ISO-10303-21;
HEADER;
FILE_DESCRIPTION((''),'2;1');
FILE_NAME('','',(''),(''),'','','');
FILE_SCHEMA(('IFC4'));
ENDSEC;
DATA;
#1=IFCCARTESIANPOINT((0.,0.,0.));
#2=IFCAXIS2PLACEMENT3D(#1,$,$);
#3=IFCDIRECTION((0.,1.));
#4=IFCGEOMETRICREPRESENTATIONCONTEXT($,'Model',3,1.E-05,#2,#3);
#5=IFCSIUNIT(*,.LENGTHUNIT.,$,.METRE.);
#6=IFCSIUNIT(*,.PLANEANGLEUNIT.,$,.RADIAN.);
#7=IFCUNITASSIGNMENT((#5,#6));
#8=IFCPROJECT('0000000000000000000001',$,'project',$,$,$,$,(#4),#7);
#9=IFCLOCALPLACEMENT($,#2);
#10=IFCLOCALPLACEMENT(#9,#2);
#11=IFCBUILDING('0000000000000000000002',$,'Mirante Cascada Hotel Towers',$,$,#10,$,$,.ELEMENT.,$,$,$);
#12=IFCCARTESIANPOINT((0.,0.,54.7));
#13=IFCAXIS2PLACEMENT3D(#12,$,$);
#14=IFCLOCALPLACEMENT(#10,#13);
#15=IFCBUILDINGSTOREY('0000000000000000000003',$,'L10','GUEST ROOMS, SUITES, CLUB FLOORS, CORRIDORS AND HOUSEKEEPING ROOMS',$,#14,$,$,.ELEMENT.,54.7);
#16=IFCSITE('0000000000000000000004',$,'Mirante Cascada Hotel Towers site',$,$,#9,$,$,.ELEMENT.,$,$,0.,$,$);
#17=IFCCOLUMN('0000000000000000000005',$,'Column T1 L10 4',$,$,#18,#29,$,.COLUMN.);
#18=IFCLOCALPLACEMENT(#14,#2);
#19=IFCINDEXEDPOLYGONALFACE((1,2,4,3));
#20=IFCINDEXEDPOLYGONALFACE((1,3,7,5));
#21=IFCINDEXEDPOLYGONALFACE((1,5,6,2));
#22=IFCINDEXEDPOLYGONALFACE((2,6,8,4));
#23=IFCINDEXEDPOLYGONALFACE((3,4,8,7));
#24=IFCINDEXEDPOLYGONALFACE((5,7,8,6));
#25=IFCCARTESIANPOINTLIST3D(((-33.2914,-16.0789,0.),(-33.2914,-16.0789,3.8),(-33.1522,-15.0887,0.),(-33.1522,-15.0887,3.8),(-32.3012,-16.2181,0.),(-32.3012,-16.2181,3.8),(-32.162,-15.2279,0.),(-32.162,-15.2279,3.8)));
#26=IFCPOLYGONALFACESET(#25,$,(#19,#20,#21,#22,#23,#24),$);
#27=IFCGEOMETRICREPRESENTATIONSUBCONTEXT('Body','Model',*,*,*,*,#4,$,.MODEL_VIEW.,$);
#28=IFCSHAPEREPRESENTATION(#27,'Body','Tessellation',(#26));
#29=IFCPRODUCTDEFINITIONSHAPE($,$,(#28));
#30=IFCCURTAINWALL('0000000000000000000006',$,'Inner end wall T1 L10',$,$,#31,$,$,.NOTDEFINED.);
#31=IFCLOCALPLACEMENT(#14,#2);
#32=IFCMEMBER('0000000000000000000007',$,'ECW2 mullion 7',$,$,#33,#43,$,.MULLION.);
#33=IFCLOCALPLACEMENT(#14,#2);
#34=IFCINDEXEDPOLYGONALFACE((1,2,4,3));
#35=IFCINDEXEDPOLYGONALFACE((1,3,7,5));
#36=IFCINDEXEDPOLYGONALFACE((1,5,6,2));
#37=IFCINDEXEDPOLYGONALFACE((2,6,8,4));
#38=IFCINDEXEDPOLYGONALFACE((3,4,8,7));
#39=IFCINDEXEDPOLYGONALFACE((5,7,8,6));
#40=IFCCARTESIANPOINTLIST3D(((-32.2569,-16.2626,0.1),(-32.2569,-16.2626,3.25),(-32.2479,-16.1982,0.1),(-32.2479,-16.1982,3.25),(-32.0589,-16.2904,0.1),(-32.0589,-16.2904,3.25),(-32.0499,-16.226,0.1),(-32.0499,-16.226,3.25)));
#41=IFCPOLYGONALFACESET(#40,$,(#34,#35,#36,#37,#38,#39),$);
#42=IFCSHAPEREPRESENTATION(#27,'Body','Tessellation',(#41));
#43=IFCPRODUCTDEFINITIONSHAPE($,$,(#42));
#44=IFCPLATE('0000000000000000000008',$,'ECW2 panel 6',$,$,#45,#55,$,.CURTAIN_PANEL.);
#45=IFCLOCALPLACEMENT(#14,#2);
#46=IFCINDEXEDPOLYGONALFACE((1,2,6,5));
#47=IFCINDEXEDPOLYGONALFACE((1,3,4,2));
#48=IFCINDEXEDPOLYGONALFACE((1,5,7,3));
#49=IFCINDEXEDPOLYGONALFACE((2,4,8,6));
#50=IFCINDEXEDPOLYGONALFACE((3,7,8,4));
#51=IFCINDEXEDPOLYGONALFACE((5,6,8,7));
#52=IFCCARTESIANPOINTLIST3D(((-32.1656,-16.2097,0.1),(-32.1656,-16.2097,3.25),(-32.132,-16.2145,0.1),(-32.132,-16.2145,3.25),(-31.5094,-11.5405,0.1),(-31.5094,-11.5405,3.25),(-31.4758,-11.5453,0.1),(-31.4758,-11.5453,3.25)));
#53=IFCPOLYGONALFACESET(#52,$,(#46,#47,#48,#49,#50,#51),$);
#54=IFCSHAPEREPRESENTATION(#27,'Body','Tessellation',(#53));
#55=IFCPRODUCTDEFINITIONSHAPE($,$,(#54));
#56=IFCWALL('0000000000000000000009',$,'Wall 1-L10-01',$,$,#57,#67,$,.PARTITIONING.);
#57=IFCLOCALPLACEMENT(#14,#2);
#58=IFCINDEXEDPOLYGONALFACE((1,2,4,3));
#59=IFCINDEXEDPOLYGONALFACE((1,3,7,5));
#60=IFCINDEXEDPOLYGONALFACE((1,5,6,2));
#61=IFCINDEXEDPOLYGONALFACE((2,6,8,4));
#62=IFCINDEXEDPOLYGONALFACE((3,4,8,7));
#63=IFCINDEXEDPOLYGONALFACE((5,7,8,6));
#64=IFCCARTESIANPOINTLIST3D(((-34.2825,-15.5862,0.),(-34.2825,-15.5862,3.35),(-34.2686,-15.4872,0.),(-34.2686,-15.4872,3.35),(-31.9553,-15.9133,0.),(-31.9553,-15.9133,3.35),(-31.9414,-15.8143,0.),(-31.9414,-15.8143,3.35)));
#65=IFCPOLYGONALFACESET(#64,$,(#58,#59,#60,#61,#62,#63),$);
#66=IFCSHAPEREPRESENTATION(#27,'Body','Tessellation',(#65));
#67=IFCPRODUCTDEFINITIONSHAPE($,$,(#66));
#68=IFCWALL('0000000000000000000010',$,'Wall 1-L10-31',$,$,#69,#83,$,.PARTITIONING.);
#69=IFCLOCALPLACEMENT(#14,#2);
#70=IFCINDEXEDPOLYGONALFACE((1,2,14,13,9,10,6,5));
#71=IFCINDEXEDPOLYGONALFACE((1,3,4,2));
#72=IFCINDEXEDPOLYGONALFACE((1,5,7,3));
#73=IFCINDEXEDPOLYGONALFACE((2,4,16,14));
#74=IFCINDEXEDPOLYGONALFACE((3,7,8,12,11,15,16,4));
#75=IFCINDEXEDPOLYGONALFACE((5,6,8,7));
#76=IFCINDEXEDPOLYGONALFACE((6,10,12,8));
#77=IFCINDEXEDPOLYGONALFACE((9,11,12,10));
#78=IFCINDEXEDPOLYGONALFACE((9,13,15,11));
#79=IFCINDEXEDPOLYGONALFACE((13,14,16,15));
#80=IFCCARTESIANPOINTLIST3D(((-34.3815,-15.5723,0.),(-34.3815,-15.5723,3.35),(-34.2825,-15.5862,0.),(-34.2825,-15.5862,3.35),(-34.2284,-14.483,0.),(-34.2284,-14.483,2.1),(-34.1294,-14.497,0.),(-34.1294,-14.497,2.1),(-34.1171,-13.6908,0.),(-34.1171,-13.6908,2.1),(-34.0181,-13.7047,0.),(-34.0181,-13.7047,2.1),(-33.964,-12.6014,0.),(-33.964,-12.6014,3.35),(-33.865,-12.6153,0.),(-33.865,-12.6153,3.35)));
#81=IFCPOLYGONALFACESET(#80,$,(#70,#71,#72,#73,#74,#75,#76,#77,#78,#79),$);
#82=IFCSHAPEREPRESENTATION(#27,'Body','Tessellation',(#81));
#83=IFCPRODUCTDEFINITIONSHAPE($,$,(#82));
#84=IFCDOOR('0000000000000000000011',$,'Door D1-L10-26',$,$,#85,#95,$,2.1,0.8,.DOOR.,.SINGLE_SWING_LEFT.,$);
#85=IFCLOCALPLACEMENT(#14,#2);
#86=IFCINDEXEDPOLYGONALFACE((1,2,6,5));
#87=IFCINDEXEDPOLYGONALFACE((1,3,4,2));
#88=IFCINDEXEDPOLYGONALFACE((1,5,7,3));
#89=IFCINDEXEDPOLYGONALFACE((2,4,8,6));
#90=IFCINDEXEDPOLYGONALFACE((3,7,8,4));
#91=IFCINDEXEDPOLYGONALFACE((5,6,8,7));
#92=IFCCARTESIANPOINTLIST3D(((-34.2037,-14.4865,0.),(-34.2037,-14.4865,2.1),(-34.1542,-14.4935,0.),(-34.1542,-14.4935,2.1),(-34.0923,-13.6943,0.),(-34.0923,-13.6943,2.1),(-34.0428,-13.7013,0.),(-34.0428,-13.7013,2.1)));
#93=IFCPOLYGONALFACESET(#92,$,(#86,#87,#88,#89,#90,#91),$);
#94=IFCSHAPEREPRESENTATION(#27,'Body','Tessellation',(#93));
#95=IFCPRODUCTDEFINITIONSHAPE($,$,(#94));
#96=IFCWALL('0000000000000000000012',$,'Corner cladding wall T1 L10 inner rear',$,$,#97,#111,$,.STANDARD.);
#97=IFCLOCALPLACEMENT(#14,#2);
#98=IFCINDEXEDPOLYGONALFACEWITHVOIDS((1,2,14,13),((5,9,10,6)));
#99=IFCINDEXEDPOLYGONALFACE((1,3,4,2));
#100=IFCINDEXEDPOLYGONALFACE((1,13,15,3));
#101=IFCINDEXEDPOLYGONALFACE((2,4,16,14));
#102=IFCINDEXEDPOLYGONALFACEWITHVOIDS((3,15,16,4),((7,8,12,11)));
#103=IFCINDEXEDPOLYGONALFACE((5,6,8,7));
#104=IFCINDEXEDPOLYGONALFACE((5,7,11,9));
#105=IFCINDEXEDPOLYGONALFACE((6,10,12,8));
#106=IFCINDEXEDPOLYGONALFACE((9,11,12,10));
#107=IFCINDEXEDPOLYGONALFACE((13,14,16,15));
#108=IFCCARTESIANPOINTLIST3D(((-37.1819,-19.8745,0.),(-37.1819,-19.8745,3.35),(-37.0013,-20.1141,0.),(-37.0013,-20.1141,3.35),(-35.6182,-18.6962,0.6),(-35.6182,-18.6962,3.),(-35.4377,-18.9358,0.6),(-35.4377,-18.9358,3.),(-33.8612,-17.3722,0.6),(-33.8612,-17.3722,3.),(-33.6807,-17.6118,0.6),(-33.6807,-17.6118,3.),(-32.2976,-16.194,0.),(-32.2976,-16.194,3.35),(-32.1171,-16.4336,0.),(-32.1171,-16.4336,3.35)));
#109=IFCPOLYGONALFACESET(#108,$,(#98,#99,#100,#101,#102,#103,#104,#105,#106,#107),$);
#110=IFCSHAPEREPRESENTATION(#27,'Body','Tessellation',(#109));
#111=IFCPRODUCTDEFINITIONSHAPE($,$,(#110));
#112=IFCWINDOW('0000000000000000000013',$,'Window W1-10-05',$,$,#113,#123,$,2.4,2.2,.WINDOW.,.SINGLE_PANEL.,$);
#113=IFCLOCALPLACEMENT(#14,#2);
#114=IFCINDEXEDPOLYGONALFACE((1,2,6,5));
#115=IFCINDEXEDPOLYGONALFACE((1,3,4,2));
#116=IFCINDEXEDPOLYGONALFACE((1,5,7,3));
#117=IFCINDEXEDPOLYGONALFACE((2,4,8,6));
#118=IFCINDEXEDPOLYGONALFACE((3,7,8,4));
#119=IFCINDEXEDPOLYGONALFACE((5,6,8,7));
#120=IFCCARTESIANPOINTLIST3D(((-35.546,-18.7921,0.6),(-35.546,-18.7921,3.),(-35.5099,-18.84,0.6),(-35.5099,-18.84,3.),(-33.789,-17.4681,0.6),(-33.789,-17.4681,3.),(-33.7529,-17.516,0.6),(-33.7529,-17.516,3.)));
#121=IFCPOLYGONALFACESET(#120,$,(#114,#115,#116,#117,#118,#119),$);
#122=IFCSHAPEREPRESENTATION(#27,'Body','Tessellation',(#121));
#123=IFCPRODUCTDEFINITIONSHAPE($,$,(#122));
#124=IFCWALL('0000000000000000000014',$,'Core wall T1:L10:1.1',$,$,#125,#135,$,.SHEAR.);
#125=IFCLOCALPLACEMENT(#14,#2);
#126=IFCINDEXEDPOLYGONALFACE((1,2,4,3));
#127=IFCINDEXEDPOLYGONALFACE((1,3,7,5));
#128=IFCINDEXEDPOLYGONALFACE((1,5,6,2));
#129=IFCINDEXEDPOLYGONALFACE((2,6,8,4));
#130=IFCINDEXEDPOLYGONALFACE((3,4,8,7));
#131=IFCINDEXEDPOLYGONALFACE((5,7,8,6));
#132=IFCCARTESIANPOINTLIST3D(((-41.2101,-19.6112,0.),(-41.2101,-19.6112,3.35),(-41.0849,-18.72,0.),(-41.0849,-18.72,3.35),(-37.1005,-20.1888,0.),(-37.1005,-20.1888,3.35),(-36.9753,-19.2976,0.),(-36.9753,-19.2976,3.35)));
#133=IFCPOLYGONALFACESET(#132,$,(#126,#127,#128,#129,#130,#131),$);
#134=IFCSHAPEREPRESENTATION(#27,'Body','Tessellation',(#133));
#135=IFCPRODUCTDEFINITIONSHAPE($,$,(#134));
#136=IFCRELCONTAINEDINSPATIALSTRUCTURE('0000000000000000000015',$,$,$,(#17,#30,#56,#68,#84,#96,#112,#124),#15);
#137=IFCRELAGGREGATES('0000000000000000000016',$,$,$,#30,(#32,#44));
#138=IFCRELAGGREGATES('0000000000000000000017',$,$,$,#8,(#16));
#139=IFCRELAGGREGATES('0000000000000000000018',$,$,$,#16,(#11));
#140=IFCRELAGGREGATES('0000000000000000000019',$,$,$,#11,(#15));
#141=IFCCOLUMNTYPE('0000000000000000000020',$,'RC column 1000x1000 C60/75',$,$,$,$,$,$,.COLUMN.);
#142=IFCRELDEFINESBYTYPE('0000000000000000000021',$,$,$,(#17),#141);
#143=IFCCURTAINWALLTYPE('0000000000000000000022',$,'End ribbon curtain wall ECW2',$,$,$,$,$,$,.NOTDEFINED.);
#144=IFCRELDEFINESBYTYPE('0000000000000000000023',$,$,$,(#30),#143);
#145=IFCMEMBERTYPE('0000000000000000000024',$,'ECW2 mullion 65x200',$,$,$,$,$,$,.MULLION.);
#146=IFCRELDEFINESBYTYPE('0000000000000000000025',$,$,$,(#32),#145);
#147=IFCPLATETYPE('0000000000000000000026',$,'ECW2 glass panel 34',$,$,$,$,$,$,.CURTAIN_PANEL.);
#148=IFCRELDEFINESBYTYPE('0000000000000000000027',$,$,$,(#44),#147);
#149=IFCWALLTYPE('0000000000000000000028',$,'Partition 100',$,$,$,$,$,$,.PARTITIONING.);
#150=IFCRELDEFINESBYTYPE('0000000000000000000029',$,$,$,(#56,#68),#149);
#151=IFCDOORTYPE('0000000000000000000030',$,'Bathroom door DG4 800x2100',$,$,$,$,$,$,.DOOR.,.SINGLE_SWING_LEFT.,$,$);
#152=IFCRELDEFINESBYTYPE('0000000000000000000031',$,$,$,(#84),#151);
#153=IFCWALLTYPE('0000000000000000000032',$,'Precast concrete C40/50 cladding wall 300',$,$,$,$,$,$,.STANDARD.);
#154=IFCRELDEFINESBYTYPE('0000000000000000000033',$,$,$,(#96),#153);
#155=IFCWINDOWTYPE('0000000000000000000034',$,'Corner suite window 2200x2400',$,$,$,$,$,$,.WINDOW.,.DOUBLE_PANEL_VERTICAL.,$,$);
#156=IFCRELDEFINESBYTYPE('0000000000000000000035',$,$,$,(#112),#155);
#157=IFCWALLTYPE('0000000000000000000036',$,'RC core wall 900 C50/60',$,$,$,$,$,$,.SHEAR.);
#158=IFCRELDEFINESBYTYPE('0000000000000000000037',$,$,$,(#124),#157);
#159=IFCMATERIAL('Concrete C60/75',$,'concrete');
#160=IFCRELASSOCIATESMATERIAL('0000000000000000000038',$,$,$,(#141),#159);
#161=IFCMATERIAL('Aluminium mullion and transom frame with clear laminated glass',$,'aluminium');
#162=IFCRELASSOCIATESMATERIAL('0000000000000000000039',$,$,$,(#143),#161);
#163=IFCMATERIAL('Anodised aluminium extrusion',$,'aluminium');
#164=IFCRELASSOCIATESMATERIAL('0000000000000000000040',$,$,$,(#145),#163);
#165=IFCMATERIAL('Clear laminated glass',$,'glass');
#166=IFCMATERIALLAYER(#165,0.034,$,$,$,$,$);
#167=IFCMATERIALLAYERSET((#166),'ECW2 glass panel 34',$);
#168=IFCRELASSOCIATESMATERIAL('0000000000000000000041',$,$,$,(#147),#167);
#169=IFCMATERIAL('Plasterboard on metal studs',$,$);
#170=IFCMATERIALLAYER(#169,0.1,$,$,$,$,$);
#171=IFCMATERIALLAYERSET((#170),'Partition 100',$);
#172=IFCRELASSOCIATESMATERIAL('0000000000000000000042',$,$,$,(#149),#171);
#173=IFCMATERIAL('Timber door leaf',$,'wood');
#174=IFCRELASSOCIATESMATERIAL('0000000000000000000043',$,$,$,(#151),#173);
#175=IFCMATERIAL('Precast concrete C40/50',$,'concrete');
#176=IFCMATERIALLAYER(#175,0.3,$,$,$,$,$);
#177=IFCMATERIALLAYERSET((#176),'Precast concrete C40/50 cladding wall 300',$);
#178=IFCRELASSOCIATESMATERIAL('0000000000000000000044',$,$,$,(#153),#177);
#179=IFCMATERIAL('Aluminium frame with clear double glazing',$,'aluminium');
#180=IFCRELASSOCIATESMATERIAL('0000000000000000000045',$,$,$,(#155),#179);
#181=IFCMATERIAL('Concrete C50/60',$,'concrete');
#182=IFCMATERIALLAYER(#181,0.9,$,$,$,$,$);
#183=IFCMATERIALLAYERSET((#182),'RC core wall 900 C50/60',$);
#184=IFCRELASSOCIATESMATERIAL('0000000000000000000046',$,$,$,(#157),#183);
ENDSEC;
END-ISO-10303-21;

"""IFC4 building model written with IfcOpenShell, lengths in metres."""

from ifc_helpers import new_model, si_unit, direction, frame, frame_2d, origin, origin_2d, place, context, subcontext, project, spatial, rectangle, extrude, material, layer, layer_set, material_profile, profile_set, type_object, element, fill, aggregate, save


model = new_model("IFC4")

# Units and contexts
model_context = context("Model", 3, precision=1e-05, world=origin(), true_north=direction((0.0, 1.0)))
body_context = subcontext(model_context, "Body", "Model", "MODEL_VIEW")
ifc_project = project(units=[si_unit("LENGTHUNIT", "METRE"), si_unit("PLANEANGLEUNIT", "RADIAN")], contexts=[model_context])

# Site, building, storey
site_placement = place(None, origin())
site = spatial("IfcSite", under=ifc_project, at=site_placement, Name="Mirante Cascada Hotel Towers site", CompositionType="ELEMENT", RefElevation=0.0)
building_placement = place(site_placement, origin())
building = spatial("IfcBuilding", under=site, at=building_placement, Name="Mirante Cascada Hotel Towers", CompositionType="ELEMENT")
storey_placement = place(building_placement, frame((0.0, 0.0, 54.7)))
storey = spatial("IfcBuildingStorey", under=building, at=storey_placement, Name="L10", Description="GUEST ROOMS, SUITES, CLUB FLOORS, CORRIDORS AND HOUSEKEEPING ROOMS", CompositionType="ELEMENT", Elevation=54.7)

# Column
ifc_material_1 = material(Name="Concrete C60/75", Category="concrete")
ifc_material_profile_1 = material_profile(ifc_material_1, rectangle(XDim=1.0, YDim=1.0, at=origin_2d()), Name="RC column 1000x1000 C60/75")
ifc_profile_set_1 = profile_set([ifc_material_profile_1], Name="Concrete C60/75")
column_type = type_object("IfcColumnType", Name="RC column 1000x1000 C60/75", PredefinedType="COLUMN", material=ifc_profile_set_1)
column_placement = place(storey_placement, frame((-32.7267, -15.6534, 0.0), z_axis=(0.0, 0.0, 1.0), x_axis=(-0.990268, 0.139173, 0.0)))
element("IfcColumn", 1, at=column_placement, inside=storey, type_object=column_type, Name="Column T1 L10 4", PredefinedType="COLUMN", context=body_context, shape_type="SweptSolid", body=[
    extrude(rectangle(XDim=1.0, YDim=1.0, at=origin_2d()), origin(), (0.0, 0.0, 1.0), 3.8),
])

# Curtain wall, member, plate
ifc_material_2 = material(Name="Aluminium mullion and transom frame with clear laminated glass", Category="aluminium")
curtain_wall_type = type_object("IfcCurtainWallType", Name="End ribbon curtain wall ECW2", PredefinedType="NOTDEFINED", material=ifc_material_2)
curtain_wall_placement = place(storey_placement, origin())
curtain_wall = element("IfcCurtainWall", 2, at=curtain_wall_placement, inside=storey, type_object=curtain_wall_type, Name="Inner end wall T1 L10", PredefinedType="NOTDEFINED")
ifc_material_3 = material(Name="Anodised aluminium extrusion", Category="aluminium")
ifc_material_profile_2 = material_profile(ifc_material_3, rectangle(XDim=0.2, YDim=0.065, at=origin_2d()), Name="ECW2 MULLION 65x200")
ifc_profile_set_2 = profile_set([ifc_material_profile_2], Name="Anodised aluminium extrusion")
member_type = type_object("IfcMemberType", Name="ECW2 mullion 65x200", PredefinedType="MULLION", material=ifc_profile_set_2)
member_placement = place(storey_placement, frame((-32.1534, -16.2443, 0.1), z_axis=(0.0, 0.0, 1.0), x_axis=(0.990268, -0.139173, 0.0)))
member = element("IfcMember", 3, at=member_placement, type_object=member_type, Name="ECW2 mullion 7", PredefinedType="MULLION", context=body_context, shape_type="SweptSolid", body=[
    extrude(rectangle(XDim=0.2, YDim=0.065, at=origin_2d()), origin(), (0.0, 0.0, 1.0), 3.15),
])
ifc_material_4 = material(Name="Clear laminated glass", Category="glass")
ifc_layer_1 = layer(ifc_material_4, 0.034)
ifc_layer_set_1 = layer_set([ifc_layer_1], Name="ECW2 glass panel 34")
plate_type = type_object("IfcPlateType", Name="ECW2 glass panel 34", PredefinedType="CURTAIN_PANEL", material=ifc_layer_set_1)
plate_placement = place(storey_placement, frame((-31.8207, -13.8775, 0.1), z_axis=(0.0, 0.0, 1.0), x_axis=(-0.139173, -0.990268, 0.0)))
plate = element("IfcPlate", 4, at=plate_placement, type_object=plate_type, Name="ECW2 panel 6", PredefinedType="CURTAIN_PANEL", context=body_context, shape_type="SweptSolid", body=[
    extrude(rectangle(XDim=4.7151, YDim=0.034, at=origin_2d()), origin(), (0.0, 0.0, 1.0), 3.15),
])
aggregate(curtain_wall, [member, plate])

# Wall
ifc_material_5 = material(Name="Plasterboard on metal studs")
ifc_layer_2 = layer(ifc_material_5, 0.1)
ifc_layer_set_2 = layer_set([ifc_layer_2], Name="Partition 100")
wall_type_1 = type_object("IfcWallType", Name="Partition 100", PredefinedType="PARTITIONING", material=ifc_layer_set_2)
wall_1_placement = place(storey_placement, frame((-31.9484, -15.8638, 0.0), z_axis=(0.0, 0.0, 1.0), x_axis=(-0.990266, 0.139187, 0.0)))
element("IfcWall", 5, at=wall_1_placement, inside=storey, type_object=wall_type_1, Name="Wall 1-L10-01", PredefinedType="PARTITIONING", context=body_context, shape_type="SweptSolid", body=[
    extrude(rectangle(XDim=2.3501, YDim=0.1, at=frame_2d((1.175, 0.0))), origin(), (0.0, 0.0, 1.0), 3.35),
])

# Wall, opening, door
wall_2_placement = place(storey_placement, frame((-34.332, -15.5793, 0.0), z_axis=(0.0, 0.0, 1.0), x_axis=(0.139162, 0.99027, 0.0)))
wall_2 = element("IfcWall", 6, at=wall_2_placement, inside=storey, type_object=wall_type_1, Name="Wall 1-L10-31", PredefinedType="PARTITIONING", context=body_context, shape_type="SweptSolid", body=[
    extrude(rectangle(XDim=3.0001, YDim=0.1, at=frame_2d((1.5001, 0.0))), origin(), (0.0, 0.0, 1.0), 3.35),
])
opening_1_placement = place(wall_2_placement, frame((1.1, 0.0, 0.0)))
opening_1 = element("IfcOpeningElement", 7, at=opening_1_placement, cuts=wall_2, PredefinedType="OPENING", context=body_context, shape_type="SweptSolid", body=[
    extrude(rectangle(XDim=0.8, YDim=2.1, at=frame_2d((0.4, 1.05))), frame((0.0, 0.05, 0.0), z_axis=(0.0, -1.0, 0.0), x_axis=(1.0, 0.0, 0.0)), (0.0, 0.0, 1.0), 0.1),
])
ifc_material_6 = material(Name="Timber door leaf", Category="wood")
door_type = type_object("IfcDoorType", Name="Bathroom door DG4 800x2100", OperationType="SINGLE_SWING_LEFT", PredefinedType="DOOR", material=ifc_material_6)
door_placement = place(opening_1_placement, origin())
door = element("IfcDoor", 8, at=door_placement, inside=storey, type_object=door_type, Name="Door D1-L10-26", OperationType="SINGLE_SWING_LEFT", OverallHeight=2.1, OverallWidth=0.8, PredefinedType="DOOR", context=body_context, shape_type="SweptSolid", body=[
    extrude(rectangle(XDim=0.8, YDim=2.1, at=frame_2d((0.4, 1.05))), frame((0.0, 0.025, 0.0), z_axis=(0.0, -1.0, 0.0), x_axis=(1.0, 0.0, 0.0)), (0.0, 0.0, 1.0), 0.05),
])
fill(opening_1, door)

# Wall, opening, window
ifc_material_7 = material(Name="Precast concrete C40/50", Category="concrete")
ifc_layer_3 = layer(ifc_material_7, 0.3)
ifc_layer_set_3 = layer_set([ifc_layer_3], Name="Precast concrete C40/50 cladding wall 300")
wall_type_2 = type_object("IfcWallType", Name="Precast concrete C40/50 cladding wall 300", PredefinedType="STANDARD", material=ifc_layer_set_3)
wall_3_placement = place(storey_placement, frame((-32.2074, -16.3138, 0.0), z_axis=(0.0, 0.0, 1.0), x_axis=(-0.798636, -0.601814, 0.0)))
wall_3 = element("IfcWall", 9, at=wall_3_placement, inside=storey, type_object=wall_type_2, Name="Corner cladding wall T1 L10 inner rear", PredefinedType="STANDARD", context=body_context, shape_type="SweptSolid", body=[
    extrude(rectangle(XDim=6.1157, YDim=0.3, at=frame_2d((3.0578, 0.0))), origin(), (0.0, 0.0, 1.0), 3.35),
])
opening_2_placement = place(wall_3_placement, frame((1.9578, 0.0, 0.6)))
opening_2 = element("IfcOpeningElement", 10, at=opening_2_placement, cuts=wall_3, PredefinedType="OPENING", context=body_context, shape_type="SweptSolid", body=[
    extrude(rectangle(XDim=2.2, YDim=2.4, at=frame_2d((1.1, 1.2))), frame((0.0, 0.15, 0.0), z_axis=(0.0, -1.0, 0.0), x_axis=(1.0, 0.0, 0.0)), (0.0, 0.0, 1.0), 0.3),
])
ifc_material_8 = material(Name="Aluminium frame with clear double glazing", Category="aluminium")
window_type = type_object("IfcWindowType", Name="Corner suite window 2200x2400", PartitioningType="DOUBLE_PANEL_VERTICAL", PredefinedType="WINDOW", material=ifc_material_8)
window_placement = place(opening_2_placement, origin())
window = element("IfcWindow", 11, at=window_placement, inside=storey, type_object=window_type, Name="Window W1-10-05", OverallHeight=2.4, OverallWidth=2.2, PartitioningType="SINGLE_PANEL", PredefinedType="WINDOW", context=body_context, shape_type="SweptSolid", body=[
    extrude(rectangle(XDim=2.2, YDim=2.4, at=frame_2d((1.1, 1.2))), frame((0.0, 0.03, 0.0), z_axis=(0.0, -1.0, 0.0), x_axis=(1.0, 0.0, 0.0)), (0.0, 0.0, 1.0), 0.06),
])
fill(opening_2, window)

# Wall
ifc_material_9 = material(Name="Concrete C50/60", Category="concrete")
ifc_layer_4 = layer(ifc_material_9, 0.9)
ifc_layer_set_4 = layer_set([ifc_layer_4], Name="RC core wall 900 C50/60")
wall_type_3 = type_object("IfcWallType", Name="RC core wall 900 C50/60", PredefinedType="SHEAR", material=ifc_layer_set_4)
wall_4_placement = place(storey_placement, frame((-37.0379, -19.7432, 0.0), z_axis=(0.0, 0.0, 1.0), x_axis=(-0.990267, 0.139181, 0.0)))
element("IfcWall", 12, at=wall_4_placement, inside=storey, type_object=wall_type_3, Name="Core wall T1:L10:1.1", PredefinedType="SHEAR", context=body_context, shape_type="SweptSolid", body=[
    extrude(rectangle(XDim=4.15, YDim=0.9, at=frame_2d((2.075, 0.0))), origin(), (0.0, 0.0, 1.0), 3.35),
])

save(model, "model.ifc")
